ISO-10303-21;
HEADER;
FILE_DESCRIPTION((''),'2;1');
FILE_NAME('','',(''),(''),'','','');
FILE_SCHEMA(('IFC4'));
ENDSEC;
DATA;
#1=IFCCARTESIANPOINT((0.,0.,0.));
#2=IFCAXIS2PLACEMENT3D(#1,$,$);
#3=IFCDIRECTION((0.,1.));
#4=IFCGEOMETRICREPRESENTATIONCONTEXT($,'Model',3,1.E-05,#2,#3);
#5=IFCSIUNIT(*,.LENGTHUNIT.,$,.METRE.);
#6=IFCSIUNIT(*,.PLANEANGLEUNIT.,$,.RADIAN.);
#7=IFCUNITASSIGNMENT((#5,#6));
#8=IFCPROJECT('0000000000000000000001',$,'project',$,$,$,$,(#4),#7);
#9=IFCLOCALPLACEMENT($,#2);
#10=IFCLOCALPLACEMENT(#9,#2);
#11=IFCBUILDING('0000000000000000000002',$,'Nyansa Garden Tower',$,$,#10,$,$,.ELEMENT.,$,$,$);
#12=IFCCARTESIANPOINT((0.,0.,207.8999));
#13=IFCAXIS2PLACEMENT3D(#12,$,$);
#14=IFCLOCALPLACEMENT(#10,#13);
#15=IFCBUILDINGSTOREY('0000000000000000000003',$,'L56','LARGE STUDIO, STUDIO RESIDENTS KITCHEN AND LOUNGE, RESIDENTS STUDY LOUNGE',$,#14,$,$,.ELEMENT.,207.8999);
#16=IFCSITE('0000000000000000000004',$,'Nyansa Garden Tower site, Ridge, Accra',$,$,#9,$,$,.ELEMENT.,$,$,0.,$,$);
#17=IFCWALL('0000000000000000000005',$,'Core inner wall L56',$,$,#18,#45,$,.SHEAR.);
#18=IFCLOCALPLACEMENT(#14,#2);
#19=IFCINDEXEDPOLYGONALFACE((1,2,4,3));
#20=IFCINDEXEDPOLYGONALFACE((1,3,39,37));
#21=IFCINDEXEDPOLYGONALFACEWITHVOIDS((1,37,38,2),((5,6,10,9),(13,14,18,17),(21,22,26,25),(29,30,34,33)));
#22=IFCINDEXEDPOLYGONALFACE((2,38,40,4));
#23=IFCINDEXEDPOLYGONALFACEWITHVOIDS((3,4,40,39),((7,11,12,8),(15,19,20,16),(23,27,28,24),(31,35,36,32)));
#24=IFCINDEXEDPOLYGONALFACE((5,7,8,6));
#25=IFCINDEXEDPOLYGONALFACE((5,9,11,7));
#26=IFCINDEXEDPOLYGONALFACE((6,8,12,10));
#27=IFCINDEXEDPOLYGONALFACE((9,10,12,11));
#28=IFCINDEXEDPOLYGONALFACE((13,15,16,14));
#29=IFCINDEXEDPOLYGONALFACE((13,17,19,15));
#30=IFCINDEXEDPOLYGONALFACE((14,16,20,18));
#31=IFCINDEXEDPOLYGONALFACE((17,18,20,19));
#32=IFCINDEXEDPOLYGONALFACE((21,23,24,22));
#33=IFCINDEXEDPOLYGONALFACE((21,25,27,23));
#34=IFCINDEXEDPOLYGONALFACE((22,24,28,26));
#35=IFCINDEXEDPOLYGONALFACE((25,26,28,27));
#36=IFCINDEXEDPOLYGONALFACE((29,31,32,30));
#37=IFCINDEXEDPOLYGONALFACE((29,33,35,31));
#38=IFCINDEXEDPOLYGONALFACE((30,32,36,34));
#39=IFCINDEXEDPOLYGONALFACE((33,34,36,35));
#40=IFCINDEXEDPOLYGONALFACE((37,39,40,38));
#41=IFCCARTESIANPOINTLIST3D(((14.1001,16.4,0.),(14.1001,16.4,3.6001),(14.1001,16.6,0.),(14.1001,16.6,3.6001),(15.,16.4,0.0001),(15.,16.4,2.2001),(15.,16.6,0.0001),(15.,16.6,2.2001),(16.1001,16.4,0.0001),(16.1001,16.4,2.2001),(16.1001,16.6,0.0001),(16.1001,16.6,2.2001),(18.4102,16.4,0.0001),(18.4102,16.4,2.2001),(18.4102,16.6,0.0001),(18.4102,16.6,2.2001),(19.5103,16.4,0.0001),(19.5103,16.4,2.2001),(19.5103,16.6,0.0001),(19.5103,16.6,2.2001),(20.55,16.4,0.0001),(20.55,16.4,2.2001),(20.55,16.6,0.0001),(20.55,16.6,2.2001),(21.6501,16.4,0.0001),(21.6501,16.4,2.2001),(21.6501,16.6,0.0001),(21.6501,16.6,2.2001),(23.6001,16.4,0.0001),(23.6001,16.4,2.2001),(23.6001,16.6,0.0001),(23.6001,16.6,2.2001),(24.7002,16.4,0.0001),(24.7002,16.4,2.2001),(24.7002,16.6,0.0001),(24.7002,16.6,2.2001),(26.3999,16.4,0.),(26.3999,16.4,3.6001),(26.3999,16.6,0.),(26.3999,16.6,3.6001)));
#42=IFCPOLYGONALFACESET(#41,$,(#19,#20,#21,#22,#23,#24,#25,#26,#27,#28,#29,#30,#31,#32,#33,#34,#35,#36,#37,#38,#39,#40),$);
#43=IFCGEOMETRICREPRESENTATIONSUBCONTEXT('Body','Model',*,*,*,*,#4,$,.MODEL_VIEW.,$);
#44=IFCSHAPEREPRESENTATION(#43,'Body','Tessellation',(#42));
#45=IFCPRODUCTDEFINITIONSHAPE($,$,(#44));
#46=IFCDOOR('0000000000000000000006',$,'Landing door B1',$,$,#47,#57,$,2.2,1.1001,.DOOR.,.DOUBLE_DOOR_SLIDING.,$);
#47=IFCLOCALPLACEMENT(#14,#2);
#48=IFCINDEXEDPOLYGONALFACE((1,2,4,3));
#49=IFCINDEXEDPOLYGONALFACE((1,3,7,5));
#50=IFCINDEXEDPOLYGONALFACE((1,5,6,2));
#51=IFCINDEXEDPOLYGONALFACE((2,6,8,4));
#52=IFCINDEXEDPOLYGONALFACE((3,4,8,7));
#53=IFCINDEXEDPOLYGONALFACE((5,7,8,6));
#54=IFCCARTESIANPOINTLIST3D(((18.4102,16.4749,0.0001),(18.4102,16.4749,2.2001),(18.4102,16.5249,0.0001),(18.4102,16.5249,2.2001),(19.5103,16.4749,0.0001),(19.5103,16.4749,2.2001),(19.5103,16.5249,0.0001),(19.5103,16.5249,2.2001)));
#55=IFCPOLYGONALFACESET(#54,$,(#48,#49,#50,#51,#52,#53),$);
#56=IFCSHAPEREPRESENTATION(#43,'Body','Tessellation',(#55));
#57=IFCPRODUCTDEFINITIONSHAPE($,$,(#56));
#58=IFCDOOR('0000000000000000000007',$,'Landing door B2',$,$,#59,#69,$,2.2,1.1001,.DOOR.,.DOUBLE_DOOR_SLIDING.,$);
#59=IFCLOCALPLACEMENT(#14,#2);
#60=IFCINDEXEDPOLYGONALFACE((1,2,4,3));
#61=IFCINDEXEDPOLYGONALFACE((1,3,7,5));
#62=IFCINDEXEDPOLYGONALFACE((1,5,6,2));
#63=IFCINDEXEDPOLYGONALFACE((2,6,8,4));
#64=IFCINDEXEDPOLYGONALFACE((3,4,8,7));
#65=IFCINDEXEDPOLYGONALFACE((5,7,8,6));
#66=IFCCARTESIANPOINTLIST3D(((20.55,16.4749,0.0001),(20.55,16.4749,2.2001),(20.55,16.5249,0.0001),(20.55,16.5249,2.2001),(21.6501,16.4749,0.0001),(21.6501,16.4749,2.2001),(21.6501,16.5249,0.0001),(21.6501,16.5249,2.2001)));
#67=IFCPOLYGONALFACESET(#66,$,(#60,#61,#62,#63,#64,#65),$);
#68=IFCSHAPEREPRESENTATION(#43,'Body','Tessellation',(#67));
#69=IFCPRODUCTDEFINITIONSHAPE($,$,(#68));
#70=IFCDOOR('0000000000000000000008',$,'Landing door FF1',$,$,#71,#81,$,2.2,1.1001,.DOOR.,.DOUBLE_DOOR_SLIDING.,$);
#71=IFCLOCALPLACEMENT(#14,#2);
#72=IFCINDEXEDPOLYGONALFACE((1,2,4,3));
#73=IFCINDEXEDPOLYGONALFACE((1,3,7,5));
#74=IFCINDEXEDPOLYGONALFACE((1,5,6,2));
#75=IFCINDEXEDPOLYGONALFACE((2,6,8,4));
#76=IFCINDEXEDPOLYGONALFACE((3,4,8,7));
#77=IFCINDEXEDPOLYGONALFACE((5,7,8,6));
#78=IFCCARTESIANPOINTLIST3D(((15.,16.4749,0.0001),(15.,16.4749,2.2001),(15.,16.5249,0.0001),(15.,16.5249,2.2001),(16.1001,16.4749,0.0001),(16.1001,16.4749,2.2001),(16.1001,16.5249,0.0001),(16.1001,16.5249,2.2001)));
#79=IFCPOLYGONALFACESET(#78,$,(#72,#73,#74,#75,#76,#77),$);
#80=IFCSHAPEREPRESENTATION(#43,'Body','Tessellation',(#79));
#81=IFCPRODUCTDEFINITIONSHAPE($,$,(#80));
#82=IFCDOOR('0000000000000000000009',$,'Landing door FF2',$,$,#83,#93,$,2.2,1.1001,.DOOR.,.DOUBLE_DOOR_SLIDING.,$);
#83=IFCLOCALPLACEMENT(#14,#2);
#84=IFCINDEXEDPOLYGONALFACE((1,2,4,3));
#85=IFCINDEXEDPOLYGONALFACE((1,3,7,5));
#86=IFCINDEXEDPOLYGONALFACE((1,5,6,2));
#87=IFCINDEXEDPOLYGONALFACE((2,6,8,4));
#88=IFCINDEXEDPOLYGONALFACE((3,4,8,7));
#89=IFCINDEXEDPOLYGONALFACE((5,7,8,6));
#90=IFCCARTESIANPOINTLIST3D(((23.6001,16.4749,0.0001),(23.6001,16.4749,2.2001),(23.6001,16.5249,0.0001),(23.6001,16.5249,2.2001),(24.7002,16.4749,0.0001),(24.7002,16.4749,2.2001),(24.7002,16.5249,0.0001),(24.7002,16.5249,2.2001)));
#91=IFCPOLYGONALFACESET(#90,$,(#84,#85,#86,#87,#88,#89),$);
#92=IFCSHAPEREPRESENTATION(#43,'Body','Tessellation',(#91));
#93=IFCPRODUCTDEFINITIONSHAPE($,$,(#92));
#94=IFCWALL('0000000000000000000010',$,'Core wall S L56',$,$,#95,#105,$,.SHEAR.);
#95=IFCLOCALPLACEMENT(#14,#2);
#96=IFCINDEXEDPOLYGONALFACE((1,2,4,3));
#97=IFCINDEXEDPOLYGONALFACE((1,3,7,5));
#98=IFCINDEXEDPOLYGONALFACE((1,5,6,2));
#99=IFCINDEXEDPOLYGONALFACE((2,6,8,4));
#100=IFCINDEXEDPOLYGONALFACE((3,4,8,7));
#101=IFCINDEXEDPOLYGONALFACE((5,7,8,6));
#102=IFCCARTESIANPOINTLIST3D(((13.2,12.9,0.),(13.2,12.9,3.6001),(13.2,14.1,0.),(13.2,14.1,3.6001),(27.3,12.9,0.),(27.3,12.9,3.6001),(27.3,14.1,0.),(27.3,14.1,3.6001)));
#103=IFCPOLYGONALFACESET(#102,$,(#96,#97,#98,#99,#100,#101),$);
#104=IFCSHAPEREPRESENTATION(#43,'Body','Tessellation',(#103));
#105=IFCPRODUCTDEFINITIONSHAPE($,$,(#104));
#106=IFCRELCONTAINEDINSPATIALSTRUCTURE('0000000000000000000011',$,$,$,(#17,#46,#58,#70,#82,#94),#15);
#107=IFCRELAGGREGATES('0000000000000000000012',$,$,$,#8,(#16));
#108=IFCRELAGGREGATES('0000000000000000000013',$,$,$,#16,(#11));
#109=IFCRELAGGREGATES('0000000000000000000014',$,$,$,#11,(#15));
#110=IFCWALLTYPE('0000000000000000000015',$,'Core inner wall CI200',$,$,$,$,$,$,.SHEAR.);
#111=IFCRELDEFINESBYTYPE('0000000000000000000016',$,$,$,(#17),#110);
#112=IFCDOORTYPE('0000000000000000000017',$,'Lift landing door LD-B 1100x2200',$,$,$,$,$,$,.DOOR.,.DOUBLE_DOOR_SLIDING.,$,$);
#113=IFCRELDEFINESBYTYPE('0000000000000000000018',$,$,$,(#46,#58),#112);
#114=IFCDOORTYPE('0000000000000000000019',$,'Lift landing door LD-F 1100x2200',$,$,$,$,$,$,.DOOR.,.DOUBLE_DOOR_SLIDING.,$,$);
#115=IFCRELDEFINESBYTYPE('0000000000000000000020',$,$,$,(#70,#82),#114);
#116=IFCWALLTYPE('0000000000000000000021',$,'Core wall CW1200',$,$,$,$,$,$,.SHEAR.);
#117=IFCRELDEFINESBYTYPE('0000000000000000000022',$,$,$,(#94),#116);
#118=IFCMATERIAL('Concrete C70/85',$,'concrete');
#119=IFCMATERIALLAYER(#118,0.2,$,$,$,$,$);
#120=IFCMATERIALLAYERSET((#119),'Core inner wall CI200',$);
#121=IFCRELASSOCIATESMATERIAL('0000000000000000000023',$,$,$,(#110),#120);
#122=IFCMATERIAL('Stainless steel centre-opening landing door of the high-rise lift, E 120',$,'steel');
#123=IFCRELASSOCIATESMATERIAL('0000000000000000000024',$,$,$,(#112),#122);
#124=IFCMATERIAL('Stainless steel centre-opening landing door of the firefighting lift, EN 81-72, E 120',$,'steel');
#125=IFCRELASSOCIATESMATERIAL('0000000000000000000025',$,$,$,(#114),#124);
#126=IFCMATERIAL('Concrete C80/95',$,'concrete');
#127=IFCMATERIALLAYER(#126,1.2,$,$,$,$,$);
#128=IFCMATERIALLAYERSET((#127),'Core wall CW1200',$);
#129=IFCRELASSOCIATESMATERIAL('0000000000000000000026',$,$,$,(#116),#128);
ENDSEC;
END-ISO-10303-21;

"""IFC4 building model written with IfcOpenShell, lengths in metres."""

from ifc_helpers import new_model, si_unit, direction, frame, frame_2d, origin, place, context, subcontext, project, spatial, rectangle, extrude, material, layer, layer_set, type_object, element, fill, save


model = new_model("IFC4")

# Units and contexts
model_context = context("Model", 3, precision=1e-05, world=origin(), true_north=direction((0.0, 1.0)))
body_context = subcontext(model_context, "Body", "Model", "MODEL_VIEW")
ifc_project = project(units=[si_unit("LENGTHUNIT", "METRE"), si_unit("PLANEANGLEUNIT", "RADIAN")], contexts=[model_context])

# Site, building, storey
site_placement = place(None, origin())
site = spatial("IfcSite", under=ifc_project, at=site_placement, Name="Nyansa Garden Tower site, Ridge, Accra", CompositionType="ELEMENT", RefElevation=0.0)
building_placement = place(site_placement, origin())
building = spatial("IfcBuilding", under=site, at=building_placement, Name="Nyansa Garden Tower", CompositionType="ELEMENT")
storey_placement = place(building_placement, frame((0.0, 0.0, 207.8999)))
storey = spatial("IfcBuildingStorey", under=building, at=storey_placement, Name="L56", Description="LARGE STUDIO, STUDIO RESIDENTS KITCHEN AND LOUNGE, RESIDENTS STUDY LOUNGE", CompositionType="ELEMENT", Elevation=207.8999)

# Wall, openings, doors
ifc_material_1 = material(Name="Concrete C70/85", Category="concrete")
ifc_layer_1 = layer(ifc_material_1, 0.2)
ifc_layer_set_1 = layer_set([ifc_layer_1], Name="Core inner wall CI200")
wall_type_1 = type_object("IfcWallType", Name="Core inner wall CI200", PredefinedType="SHEAR", material=ifc_layer_set_1)
wall_1_placement = place(storey_placement, frame((14.1001, 16.5, 0.0), z_axis=(0.0, 0.0, 1.0), x_axis=(1.0, 0.0, 0.0)))
wall_1 = element("IfcWall", 1, at=wall_1_placement, inside=storey, type_object=wall_type_1, Name="Core inner wall L56", PredefinedType="SHEAR", context=body_context, shape_type="SweptSolid", body=[
    extrude(rectangle(XDim=12.2998, YDim=0.2, at=frame_2d((6.1499, 0.0))), origin(), (0.0, 0.0, 1.0), 3.6001),
])
opening_1_placement = place(wall_1_placement, frame((0.8999, 0.0, 0.0)))
opening_1 = element("IfcOpeningElement", 2, at=opening_1_placement, cuts=wall_1, PredefinedType="OPENING", context=body_context, shape_type="SweptSolid", body=[
    extrude(rectangle(XDim=1.1001, YDim=2.2, at=frame_2d((0.55, 1.1001))), frame((0.0, 0.1099, 0.0), z_axis=(0.0, -1.0, 0.0), x_axis=(1.0, 0.0, 0.0)), (0.0, 0.0, 1.0), 0.22),
])
opening_2_placement = place(wall_1_placement, frame((4.3101, 0.0, 0.0)))
opening_2 = element("IfcOpeningElement", 3, at=opening_2_placement, cuts=wall_1, PredefinedType="OPENING", context=body_context, shape_type="SweptSolid", body=[
    extrude(rectangle(XDim=1.1001, YDim=2.2, at=frame_2d((0.55, 1.1001))), frame((0.0, 0.1099, 0.0), z_axis=(0.0, -1.0, 0.0), x_axis=(1.0, 0.0, 0.0)), (0.0, 0.0, 1.0), 0.22),
])
opening_3_placement = place(wall_1_placement, frame((6.45, 0.0, 0.0)))
opening_3 = element("IfcOpeningElement", 4, at=opening_3_placement, cuts=wall_1, PredefinedType="OPENING", context=body_context, shape_type="SweptSolid", body=[
    extrude(rectangle(XDim=1.1001, YDim=2.2, at=frame_2d((0.55, 1.1001))), frame((0.0, 0.1099, 0.0), z_axis=(0.0, -1.0, 0.0), x_axis=(1.0, 0.0, 0.0)), (0.0, 0.0, 1.0), 0.22),
])
opening_4_placement = place(wall_1_placement, frame((9.5, 0.0, 0.0)))
opening_4 = element("IfcOpeningElement", 5, at=opening_4_placement, cuts=wall_1, PredefinedType="OPENING", context=body_context, shape_type="SweptSolid", body=[
    extrude(rectangle(XDim=1.1001, YDim=2.2, at=frame_2d((0.55, 1.1001))), frame((0.0, 0.1099, 0.0), z_axis=(0.0, -1.0, 0.0), x_axis=(1.0, 0.0, 0.0)), (0.0, 0.0, 1.0), 0.22),
])
ifc_material_2 = material(Name="Stainless steel centre-opening landing door of the high-rise lift, E 120", Category="steel")
door_type_1 = type_object("IfcDoorType", Name="Lift landing door LD-B 1100x2200", OperationType="DOUBLE_DOOR_SLIDING", PredefinedType="DOOR", material=ifc_material_2)
door_1_placement = place(opening_2_placement, origin())
door_1 = element("IfcDoor", 6, at=door_1_placement, inside=storey, type_object=door_type_1, Name="Landing door B1", OperationType="DOUBLE_DOOR_SLIDING", OverallHeight=2.2, OverallWidth=1.1001, PredefinedType="DOOR", context=body_context, shape_type="SweptSolid", body=[
    extrude(rectangle(XDim=1.1001, YDim=2.2, at=frame_2d((0.55, 1.1001))), frame((0.0, 0.0249, 0.0), z_axis=(0.0, -1.0, 0.0), x_axis=(1.0, 0.0, 0.0)), (0.0, 0.0, 1.0), 0.05),
])
fill(opening_2, door_1)
door_2_placement = place(opening_3_placement, origin())
door_2 = element("IfcDoor", 7, at=door_2_placement, inside=storey, type_object=door_type_1, Name="Landing door B2", OperationType="DOUBLE_DOOR_SLIDING", OverallHeight=2.2, OverallWidth=1.1001, PredefinedType="DOOR", context=body_context, shape_type="SweptSolid", body=[
    extrude(rectangle(XDim=1.1001, YDim=2.2, at=frame_2d((0.55, 1.1001))), frame((0.0, 0.0249, 0.0), z_axis=(0.0, -1.0, 0.0), x_axis=(1.0, 0.0, 0.0)), (0.0, 0.0, 1.0), 0.05),
])
fill(opening_3, door_2)
ifc_material_3 = material(Name="Stainless steel centre-opening landing door of the firefighting lift, EN 81-72, E 120", Category="steel")
door_type_2 = type_object("IfcDoorType", Name="Lift landing door LD-F 1100x2200", OperationType="DOUBLE_DOOR_SLIDING", PredefinedType="DOOR", material=ifc_material_3)
door_3_placement = place(opening_1_placement, origin())
door_3 = element("IfcDoor", 8, at=door_3_placement, inside=storey, type_object=door_type_2, Name="Landing door FF1", OperationType="DOUBLE_DOOR_SLIDING", OverallHeight=2.2, OverallWidth=1.1001, PredefinedType="DOOR", context=body_context, shape_type="SweptSolid", body=[
    extrude(rectangle(XDim=1.1001, YDim=2.2, at=frame_2d((0.55, 1.1001))), frame((0.0, 0.0249, 0.0), z_axis=(0.0, -1.0, 0.0), x_axis=(1.0, 0.0, 0.0)), (0.0, 0.0, 1.0), 0.05),
])
fill(opening_1, door_3)
door_4_placement = place(opening_4_placement, origin())
door_4 = element("IfcDoor", 9, at=door_4_placement, inside=storey, type_object=door_type_2, Name="Landing door FF2", OperationType="DOUBLE_DOOR_SLIDING", OverallHeight=2.2, OverallWidth=1.1001, PredefinedType="DOOR", context=body_context, shape_type="SweptSolid", body=[
    extrude(rectangle(XDim=1.1001, YDim=2.2, at=frame_2d((0.55, 1.1001))), frame((0.0, 0.0249, 0.0), z_axis=(0.0, -1.0, 0.0), x_axis=(1.0, 0.0, 0.0)), (0.0, 0.0, 1.0), 0.05),
])
fill(opening_4, door_4)

# Wall
ifc_material_4 = material(Name="Concrete C80/95", Category="concrete")
ifc_layer_2 = layer(ifc_material_4, 1.2)
ifc_layer_set_2 = layer_set([ifc_layer_2], Name="Core wall CW1200")
wall_type_2 = type_object("IfcWallType", Name="Core wall CW1200", PredefinedType="SHEAR", material=ifc_layer_set_2)
wall_2_placement = place(storey_placement, frame((13.2, 13.5, 0.0), z_axis=(0.0, 0.0, 1.0), x_axis=(1.0, 0.0, 0.0)))
element("IfcWall", 10, at=wall_2_placement, inside=storey, type_object=wall_type_2, Name="Core wall S L56", PredefinedType="SHEAR", context=body_context, shape_type="SweptSolid", body=[
    extrude(rectangle(XDim=14.1001, YDim=1.2, at=frame_2d((7.05, 0.0))), origin(), (0.0, 0.0, 1.0), 3.6001),
])

save(model, "model.ifc")
